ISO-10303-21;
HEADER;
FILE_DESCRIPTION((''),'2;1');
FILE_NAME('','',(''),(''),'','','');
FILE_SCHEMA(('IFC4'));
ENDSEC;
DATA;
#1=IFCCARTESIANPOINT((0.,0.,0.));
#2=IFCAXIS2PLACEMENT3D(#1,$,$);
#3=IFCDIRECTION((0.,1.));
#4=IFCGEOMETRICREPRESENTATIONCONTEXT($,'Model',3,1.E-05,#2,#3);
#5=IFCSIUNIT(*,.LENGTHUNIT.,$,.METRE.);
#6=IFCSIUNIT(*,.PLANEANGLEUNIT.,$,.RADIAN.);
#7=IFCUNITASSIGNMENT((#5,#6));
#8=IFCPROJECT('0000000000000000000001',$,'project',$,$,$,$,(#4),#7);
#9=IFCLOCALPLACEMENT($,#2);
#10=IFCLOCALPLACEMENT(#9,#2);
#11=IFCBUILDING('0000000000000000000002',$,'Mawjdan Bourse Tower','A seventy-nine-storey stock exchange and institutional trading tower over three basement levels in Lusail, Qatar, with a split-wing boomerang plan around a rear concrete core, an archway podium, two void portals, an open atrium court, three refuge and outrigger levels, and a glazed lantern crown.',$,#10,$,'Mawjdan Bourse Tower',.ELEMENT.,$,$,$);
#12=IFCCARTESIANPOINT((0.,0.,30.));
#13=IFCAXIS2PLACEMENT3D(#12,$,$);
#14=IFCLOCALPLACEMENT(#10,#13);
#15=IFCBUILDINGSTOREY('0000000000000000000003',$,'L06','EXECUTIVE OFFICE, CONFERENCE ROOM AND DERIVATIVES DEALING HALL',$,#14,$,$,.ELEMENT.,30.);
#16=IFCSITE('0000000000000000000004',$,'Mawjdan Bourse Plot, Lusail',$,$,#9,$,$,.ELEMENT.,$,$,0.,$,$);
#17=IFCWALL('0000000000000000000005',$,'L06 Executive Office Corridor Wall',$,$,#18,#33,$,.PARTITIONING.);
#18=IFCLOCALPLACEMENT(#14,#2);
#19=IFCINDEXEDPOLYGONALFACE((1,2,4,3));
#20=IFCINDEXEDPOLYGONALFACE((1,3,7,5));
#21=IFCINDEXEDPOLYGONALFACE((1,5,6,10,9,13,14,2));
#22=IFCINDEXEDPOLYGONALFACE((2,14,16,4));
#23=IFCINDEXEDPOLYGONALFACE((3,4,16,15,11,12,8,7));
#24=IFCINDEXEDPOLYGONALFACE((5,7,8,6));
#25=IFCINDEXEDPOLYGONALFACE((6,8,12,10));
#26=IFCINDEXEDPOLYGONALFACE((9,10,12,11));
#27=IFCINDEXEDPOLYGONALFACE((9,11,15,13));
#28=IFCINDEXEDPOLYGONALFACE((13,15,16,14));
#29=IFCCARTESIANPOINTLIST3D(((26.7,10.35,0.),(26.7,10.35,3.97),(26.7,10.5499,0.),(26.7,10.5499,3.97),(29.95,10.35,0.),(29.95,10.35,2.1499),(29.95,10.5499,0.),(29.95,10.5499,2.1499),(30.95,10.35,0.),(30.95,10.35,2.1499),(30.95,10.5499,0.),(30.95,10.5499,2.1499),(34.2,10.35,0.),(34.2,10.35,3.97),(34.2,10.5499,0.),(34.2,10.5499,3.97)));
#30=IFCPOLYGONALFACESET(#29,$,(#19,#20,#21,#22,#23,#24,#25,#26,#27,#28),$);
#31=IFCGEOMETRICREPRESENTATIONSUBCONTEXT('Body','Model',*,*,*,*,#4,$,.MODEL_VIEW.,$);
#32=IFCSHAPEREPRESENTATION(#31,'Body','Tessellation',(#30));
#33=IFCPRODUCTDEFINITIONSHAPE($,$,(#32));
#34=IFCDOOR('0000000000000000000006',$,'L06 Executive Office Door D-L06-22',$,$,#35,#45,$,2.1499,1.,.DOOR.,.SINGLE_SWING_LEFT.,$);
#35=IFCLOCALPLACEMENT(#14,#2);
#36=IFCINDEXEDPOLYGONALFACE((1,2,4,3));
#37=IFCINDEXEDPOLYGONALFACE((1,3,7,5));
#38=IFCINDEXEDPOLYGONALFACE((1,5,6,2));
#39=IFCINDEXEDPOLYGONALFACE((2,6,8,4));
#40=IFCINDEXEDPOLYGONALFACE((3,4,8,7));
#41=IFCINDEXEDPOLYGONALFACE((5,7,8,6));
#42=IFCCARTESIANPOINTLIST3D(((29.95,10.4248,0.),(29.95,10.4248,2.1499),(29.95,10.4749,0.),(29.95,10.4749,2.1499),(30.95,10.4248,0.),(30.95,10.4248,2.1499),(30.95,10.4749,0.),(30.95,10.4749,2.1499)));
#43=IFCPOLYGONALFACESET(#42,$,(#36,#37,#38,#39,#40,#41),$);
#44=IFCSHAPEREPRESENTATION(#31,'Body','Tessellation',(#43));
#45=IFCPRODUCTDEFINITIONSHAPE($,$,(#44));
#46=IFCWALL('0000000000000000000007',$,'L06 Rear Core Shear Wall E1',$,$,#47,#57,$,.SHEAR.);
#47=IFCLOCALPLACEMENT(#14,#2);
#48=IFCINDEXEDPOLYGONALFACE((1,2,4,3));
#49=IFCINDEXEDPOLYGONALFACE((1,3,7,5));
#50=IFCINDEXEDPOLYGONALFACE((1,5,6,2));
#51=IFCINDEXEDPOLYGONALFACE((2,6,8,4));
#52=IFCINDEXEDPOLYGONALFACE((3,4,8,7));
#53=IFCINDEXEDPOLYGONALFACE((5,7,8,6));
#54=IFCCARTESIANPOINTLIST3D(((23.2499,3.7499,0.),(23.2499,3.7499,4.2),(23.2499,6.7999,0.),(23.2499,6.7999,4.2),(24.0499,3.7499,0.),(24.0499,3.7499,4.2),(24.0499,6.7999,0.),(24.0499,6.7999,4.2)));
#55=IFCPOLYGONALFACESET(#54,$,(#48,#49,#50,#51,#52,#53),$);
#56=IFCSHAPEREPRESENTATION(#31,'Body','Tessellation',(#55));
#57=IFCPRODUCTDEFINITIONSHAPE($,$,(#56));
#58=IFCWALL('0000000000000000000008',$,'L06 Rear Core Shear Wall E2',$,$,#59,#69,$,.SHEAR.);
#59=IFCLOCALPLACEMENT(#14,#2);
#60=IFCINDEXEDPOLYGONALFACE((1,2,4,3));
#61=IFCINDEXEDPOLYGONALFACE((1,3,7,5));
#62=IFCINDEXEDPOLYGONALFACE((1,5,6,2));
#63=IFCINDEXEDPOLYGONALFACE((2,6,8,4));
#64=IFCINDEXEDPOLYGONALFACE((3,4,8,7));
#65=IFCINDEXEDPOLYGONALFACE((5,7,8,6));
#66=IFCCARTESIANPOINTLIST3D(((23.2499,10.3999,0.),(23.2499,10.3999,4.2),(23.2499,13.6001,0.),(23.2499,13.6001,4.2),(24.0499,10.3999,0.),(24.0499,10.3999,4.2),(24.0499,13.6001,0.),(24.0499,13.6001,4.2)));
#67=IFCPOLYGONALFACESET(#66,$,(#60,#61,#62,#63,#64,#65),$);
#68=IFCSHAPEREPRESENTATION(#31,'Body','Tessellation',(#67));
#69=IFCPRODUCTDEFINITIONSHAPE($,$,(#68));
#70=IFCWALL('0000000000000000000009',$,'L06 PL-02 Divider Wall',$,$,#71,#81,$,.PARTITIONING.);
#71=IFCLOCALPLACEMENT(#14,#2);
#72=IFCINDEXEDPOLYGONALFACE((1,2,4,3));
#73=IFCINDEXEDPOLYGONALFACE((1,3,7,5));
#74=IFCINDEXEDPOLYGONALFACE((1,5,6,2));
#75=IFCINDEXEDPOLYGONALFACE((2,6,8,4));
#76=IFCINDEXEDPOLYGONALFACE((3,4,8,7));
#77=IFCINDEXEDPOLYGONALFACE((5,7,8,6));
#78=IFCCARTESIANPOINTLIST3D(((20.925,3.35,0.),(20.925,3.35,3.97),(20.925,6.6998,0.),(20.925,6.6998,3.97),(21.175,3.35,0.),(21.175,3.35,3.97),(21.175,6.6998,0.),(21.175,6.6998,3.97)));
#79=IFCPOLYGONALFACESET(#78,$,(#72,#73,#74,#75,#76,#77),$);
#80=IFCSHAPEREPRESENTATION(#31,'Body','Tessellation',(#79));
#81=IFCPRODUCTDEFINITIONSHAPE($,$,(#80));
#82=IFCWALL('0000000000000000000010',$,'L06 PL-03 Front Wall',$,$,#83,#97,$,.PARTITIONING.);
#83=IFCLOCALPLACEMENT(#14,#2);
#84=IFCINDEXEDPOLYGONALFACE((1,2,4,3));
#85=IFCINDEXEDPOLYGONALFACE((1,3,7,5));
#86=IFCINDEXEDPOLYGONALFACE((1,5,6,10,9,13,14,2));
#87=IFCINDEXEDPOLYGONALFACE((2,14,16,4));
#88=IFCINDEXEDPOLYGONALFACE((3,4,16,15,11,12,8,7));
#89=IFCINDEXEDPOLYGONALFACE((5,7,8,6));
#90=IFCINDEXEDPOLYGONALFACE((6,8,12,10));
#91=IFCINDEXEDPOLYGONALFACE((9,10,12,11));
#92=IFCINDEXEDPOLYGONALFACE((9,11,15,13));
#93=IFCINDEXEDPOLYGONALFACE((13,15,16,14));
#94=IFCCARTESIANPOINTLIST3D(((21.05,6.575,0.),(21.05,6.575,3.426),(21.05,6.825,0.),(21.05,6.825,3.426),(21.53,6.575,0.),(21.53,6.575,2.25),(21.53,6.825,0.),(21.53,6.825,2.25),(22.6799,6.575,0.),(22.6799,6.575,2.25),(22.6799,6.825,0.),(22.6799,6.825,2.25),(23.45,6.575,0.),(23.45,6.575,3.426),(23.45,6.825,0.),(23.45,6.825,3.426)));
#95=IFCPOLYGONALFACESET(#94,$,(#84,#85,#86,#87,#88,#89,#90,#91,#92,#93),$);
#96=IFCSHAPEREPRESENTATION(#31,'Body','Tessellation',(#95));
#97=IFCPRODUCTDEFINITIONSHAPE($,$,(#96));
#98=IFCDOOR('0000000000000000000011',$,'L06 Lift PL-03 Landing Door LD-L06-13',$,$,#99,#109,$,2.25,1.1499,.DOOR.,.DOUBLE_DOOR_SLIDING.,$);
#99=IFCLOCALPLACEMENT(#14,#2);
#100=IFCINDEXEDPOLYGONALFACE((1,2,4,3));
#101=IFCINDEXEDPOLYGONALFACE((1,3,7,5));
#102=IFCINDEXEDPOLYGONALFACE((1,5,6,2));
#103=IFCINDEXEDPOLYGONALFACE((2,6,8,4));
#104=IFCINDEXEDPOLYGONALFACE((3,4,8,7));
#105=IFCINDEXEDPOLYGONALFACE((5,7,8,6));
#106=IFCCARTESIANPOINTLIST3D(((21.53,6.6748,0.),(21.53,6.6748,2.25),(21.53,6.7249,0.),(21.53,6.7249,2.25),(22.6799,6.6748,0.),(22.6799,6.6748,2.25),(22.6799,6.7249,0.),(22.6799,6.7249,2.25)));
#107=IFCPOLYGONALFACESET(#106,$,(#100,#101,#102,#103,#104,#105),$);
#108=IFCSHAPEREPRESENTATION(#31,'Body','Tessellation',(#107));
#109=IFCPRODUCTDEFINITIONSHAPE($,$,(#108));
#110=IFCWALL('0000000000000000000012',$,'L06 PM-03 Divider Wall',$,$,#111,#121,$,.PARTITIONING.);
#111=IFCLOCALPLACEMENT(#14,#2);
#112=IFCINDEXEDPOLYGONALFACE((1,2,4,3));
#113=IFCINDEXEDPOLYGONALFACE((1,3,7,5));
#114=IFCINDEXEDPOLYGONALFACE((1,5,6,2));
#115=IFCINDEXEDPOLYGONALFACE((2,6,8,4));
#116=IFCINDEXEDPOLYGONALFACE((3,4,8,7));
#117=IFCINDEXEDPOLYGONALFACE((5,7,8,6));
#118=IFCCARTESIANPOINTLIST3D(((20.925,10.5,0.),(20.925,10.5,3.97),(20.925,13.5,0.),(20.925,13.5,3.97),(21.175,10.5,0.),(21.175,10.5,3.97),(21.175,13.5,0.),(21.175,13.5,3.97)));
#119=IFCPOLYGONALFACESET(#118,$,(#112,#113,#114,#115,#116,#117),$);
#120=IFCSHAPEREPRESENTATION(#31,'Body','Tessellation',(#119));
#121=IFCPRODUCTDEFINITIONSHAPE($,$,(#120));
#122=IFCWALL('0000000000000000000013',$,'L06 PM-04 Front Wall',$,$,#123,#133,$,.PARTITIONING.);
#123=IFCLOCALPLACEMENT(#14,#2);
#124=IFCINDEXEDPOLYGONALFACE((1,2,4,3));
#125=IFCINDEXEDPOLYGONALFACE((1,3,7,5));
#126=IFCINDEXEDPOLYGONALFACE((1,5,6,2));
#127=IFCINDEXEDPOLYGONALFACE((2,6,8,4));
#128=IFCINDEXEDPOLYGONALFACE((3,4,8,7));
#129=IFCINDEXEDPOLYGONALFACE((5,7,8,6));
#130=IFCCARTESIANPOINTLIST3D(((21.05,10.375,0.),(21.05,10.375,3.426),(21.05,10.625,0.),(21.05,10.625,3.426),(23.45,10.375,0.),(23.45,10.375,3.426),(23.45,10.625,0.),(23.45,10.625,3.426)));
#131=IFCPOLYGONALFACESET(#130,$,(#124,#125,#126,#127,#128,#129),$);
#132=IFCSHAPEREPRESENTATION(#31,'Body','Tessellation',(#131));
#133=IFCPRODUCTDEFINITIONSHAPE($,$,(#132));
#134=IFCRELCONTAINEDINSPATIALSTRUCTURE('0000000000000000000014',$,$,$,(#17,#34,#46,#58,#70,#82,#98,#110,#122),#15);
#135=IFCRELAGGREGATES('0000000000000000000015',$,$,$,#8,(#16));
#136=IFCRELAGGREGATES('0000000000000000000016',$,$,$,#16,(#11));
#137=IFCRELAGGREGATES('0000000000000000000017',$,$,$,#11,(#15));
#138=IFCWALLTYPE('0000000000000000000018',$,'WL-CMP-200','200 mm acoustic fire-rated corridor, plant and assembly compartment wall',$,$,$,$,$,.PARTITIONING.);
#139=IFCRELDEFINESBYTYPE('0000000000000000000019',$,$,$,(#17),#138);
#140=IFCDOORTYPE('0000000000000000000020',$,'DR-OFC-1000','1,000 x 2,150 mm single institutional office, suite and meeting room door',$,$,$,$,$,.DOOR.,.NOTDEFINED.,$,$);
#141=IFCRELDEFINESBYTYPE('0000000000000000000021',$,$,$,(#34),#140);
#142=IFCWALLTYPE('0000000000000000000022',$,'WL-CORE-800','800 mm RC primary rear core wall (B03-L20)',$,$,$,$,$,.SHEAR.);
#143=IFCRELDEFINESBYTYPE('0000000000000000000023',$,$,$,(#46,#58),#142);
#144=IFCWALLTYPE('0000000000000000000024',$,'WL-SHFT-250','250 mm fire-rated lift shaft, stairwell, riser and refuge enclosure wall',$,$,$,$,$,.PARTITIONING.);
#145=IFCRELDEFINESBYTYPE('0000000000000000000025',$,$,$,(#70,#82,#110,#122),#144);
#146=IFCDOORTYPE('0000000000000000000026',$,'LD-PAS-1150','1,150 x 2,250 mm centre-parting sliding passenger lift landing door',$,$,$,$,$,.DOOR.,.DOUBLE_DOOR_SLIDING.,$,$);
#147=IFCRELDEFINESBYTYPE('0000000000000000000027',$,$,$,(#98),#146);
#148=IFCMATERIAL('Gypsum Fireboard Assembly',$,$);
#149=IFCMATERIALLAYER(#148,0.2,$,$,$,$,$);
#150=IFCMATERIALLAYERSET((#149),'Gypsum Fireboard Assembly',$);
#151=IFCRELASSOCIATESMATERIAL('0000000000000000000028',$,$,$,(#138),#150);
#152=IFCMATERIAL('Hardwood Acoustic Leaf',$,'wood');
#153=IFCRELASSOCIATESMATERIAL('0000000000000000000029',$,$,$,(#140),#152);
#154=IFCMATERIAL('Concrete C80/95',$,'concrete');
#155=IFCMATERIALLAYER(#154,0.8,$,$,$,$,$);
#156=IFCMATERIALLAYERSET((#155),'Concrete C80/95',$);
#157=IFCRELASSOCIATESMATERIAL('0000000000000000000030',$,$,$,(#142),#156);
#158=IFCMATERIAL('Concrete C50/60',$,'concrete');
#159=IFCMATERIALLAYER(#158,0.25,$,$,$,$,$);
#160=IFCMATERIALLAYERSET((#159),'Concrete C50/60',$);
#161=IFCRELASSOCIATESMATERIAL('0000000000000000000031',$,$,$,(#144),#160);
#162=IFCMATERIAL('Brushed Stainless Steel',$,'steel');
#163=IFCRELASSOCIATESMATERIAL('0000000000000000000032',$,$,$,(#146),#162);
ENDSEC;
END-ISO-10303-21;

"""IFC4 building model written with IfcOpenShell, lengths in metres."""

from ifc_helpers import new_model, si_unit, direction, frame, frame_2d, origin, place, context, subcontext, project, spatial, rectangle, extrude, material, layer, layer_set, type_object, element, fill, save


model = new_model("IFC4")

# Units and contexts
model_context = context("Model", 3, precision=1e-05, world=origin(), true_north=direction((0.0, 1.0)))
body_context = subcontext(model_context, "Body", "Model", "MODEL_VIEW")
ifc_project = project(units=[si_unit("LENGTHUNIT", "METRE"), si_unit("PLANEANGLEUNIT", "RADIAN")], contexts=[model_context])

# Site, building, storey
site_placement = place(None, origin())
site = spatial("IfcSite", under=ifc_project, at=site_placement, Name="Mawjdan Bourse Plot, Lusail", CompositionType="ELEMENT", RefElevation=0.0)
building_placement = place(site_placement, origin())
building = spatial("IfcBuilding", under=site, at=building_placement, Name="Mawjdan Bourse Tower", Description="A seventy-nine-storey stock exchange and institutional trading tower over three basement levels in Lusail, Qatar, with a split-wing boomerang plan around a rear concrete core, an archway podium, two void portals, an open atrium court, three refuge and outrigger levels, and a glazed lantern crown.", LongName="Mawjdan Bourse Tower", CompositionType="ELEMENT")
storey_placement = place(building_placement, frame((0.0, 0.0, 30.0)))
storey = spatial("IfcBuildingStorey", under=building, at=storey_placement, Name="L06", Description="EXECUTIVE OFFICE, CONFERENCE ROOM AND DERIVATIVES DEALING HALL", CompositionType="ELEMENT", Elevation=30.0)

# Shared definitions
ifc_material_1 = material(Name="Concrete C80/95", Category="concrete")

# Shared definitions
ifc_material_2 = material(Name="Gypsum Fireboard Assembly")
ifc_layer_1 = layer(ifc_material_2, 0.2)
ifc_layer_set_1 = layer_set([ifc_layer_1], Name="Gypsum Fireboard Assembly")
wall_type_1 = type_object("IfcWallType", Name="WL-CMP-200", Description="200 mm acoustic fire-rated corridor, plant and assembly compartment wall", PredefinedType="PARTITIONING", material=ifc_layer_set_1)
ifc_material_3 = material(Name="Hardwood Acoustic Leaf", Category="wood")
door_type_1 = type_object("IfcDoorType", Name="DR-OFC-1000", Description="1,000 x 2,150 mm single institutional office, suite and meeting room door", OperationType="NOTDEFINED", PredefinedType="DOOR", material=ifc_material_3)

# Wall, opening, door
wall_1_placement = place(storey_placement, frame((26.7, 10.45, 0.0), z_axis=(0.0, 0.0, 1.0), x_axis=(1.0, 0.0, 0.0)))
wall_1 = element("IfcWall", 1, at=wall_1_placement, inside=storey, type_object=wall_type_1, Name="L06 Executive Office Corridor Wall", PredefinedType="PARTITIONING", context=body_context, shape_type="SweptSolid", body=[
    extrude(rectangle(XDim=7.5, YDim=0.2, at=frame_2d((3.75, 0.0))), origin(), (0.0, 0.0, 1.0), 3.97),
])
opening_1_placement = place(wall_1_placement, frame((3.25, 0.0, 0.0)))
opening_1 = element("IfcOpeningElement", 2, at=opening_1_placement, cuts=wall_1, PredefinedType="OPENING", context=body_context, shape_type="SweptSolid", body=[
    extrude(rectangle(XDim=1.0, YDim=2.1499, at=frame_2d((0.5, 1.075))), frame((0.0, 0.1099, 0.0), z_axis=(0.0, -1.0, 0.0), x_axis=(1.0, 0.0, 0.0)), (0.0, 0.0, 1.0), 0.22),
])
door_1_placement = place(opening_1_placement, origin())
door_1 = element("IfcDoor", 3, at=door_1_placement, inside=storey, type_object=door_type_1, Name="L06 Executive Office Door D-L06-22", OperationType="SINGLE_SWING_LEFT", OverallHeight=2.1499, OverallWidth=1.0, PredefinedType="DOOR", context=body_context, shape_type="SweptSolid", body=[
    extrude(rectangle(XDim=1.0, YDim=2.1499, at=frame_2d((0.5, 1.075))), frame((0.0, 0.0249, 0.0), z_axis=(0.0, -1.0, 0.0), x_axis=(1.0, 0.0, 0.0)), (0.0, 0.0, 1.0), 0.05),
])
fill(opening_1, door_1)

# Walls
ifc_layer_2 = layer(ifc_material_1, 0.8)
ifc_layer_set_2 = layer_set([ifc_layer_2], Name="Concrete C80/95")
wall_type_2 = type_object("IfcWallType", Name="WL-CORE-800", Description="800 mm RC primary rear core wall (B03-L20)", PredefinedType="SHEAR", material=ifc_layer_set_2)
wall_2_placement = place(storey_placement, frame((23.6499, 3.75, 0.0), z_axis=(0.0, 0.0, 1.0), x_axis=(0.0, 1.0, 0.0)))
element("IfcWall", 4, at=wall_2_placement, inside=storey, type_object=wall_type_2, Name="L06 Rear Core Shear Wall E1", PredefinedType="SHEAR", context=body_context, shape_type="SweptSolid", body=[
    extrude(rectangle(XDim=3.05, YDim=0.8, at=frame_2d((1.5249, 0.0))), origin(), (0.0, 0.0, 1.0), 4.2),
])
wall_3_placement = place(storey_placement, frame((23.6499, 10.3999, 0.0), z_axis=(0.0, 0.0, 1.0), x_axis=(0.0, 1.0, 0.0)))
element("IfcWall", 5, at=wall_3_placement, inside=storey, type_object=wall_type_2, Name="L06 Rear Core Shear Wall E2", PredefinedType="SHEAR", context=body_context, shape_type="SweptSolid", body=[
    extrude(rectangle(XDim=3.2002, YDim=0.8, at=frame_2d((1.6001, 0.0))), origin(), (0.0, 0.0, 1.0), 4.2),
])
ifc_material_4 = material(Name="Concrete C50/60", Category="concrete")
ifc_layer_3 = layer(ifc_material_4, 0.25)
ifc_layer_set_3 = layer_set([ifc_layer_3], Name="Concrete C50/60")
wall_type_3 = type_object("IfcWallType", Name="WL-SHFT-250", Description="250 mm fire-rated lift shaft, stairwell, riser and refuge enclosure wall", PredefinedType="PARTITIONING", material=ifc_layer_set_3)
wall_4_placement = place(storey_placement, frame((21.05, 3.3501, 0.0), z_axis=(0.0, 0.0, 1.0), x_axis=(0.0, 1.0, 0.0)))
element("IfcWall", 6, at=wall_4_placement, inside=storey, type_object=wall_type_3, Name="L06 PL-02 Divider Wall", PredefinedType="PARTITIONING", context=body_context, shape_type="SweptSolid", body=[
    extrude(rectangle(XDim=3.3499, YDim=0.25, at=frame_2d((1.6748, 0.0))), origin(), (0.0, 0.0, 1.0), 3.97),
])

# Wall, opening, door
wall_5_placement = place(storey_placement, frame((21.05, 6.7, 0.0), z_axis=(0.0, 0.0, 1.0), x_axis=(1.0, 0.0, 0.0)))
wall_5 = element("IfcWall", 7, at=wall_5_placement, inside=storey, type_object=wall_type_3, Name="L06 PL-03 Front Wall", PredefinedType="PARTITIONING", context=body_context, shape_type="SweptSolid", body=[
    extrude(rectangle(XDim=2.3999, YDim=0.25, at=frame_2d((1.2, 0.0))), origin(), (0.0, 0.0, 1.0), 3.426),
])
opening_2_placement = place(wall_5_placement, frame((0.48, 0.0, 0.0)))
opening_2 = element("IfcOpeningElement", 8, at=opening_2_placement, cuts=wall_5, PredefinedType="OPENING", context=body_context, shape_type="SweptSolid", body=[
    extrude(rectangle(XDim=1.1499, YDim=2.25, at=frame_2d((0.575, 1.125))), frame((0.0, 0.135, 0.0), z_axis=(0.0, -1.0, 0.0), x_axis=(1.0, 0.0, 0.0)), (0.0, 0.0, 1.0), 0.27),
])
ifc_material_5 = material(Name="Brushed Stainless Steel", Category="steel")
door_type_2 = type_object("IfcDoorType", Name="LD-PAS-1150", Description="1,150 x 2,250 mm centre-parting sliding passenger lift landing door", OperationType="DOUBLE_DOOR_SLIDING", PredefinedType="DOOR", material=ifc_material_5)
door_2_placement = place(opening_2_placement, origin())
door_2 = element("IfcDoor", 9, at=door_2_placement, inside=storey, type_object=door_type_2, Name="L06 Lift PL-03 Landing Door LD-L06-13", OperationType="DOUBLE_DOOR_SLIDING", OverallHeight=2.25, OverallWidth=1.1499, PredefinedType="DOOR", context=body_context, shape_type="SweptSolid", body=[
    extrude(rectangle(XDim=1.1499, YDim=2.25, at=frame_2d((0.575, 1.125))), frame((0.0, 0.0249, 0.0), z_axis=(0.0, -1.0, 0.0), x_axis=(1.0, 0.0, 0.0)), (0.0, 0.0, 1.0), 0.05),
])
fill(opening_2, door_2)

# Walls
wall_6_placement = place(storey_placement, frame((21.05, 10.5, 0.0), z_axis=(0.0, 0.0, 1.0), x_axis=(0.0, 1.0, 0.0)))
element("IfcWall", 10, at=wall_6_placement, inside=storey, type_object=wall_type_3, Name="L06 PM-03 Divider Wall", PredefinedType="PARTITIONING", context=body_context, shape_type="SweptSolid", body=[
    extrude(rectangle(XDim=3.0, YDim=0.25, at=frame_2d((1.5, 0.0))), origin(), (0.0, 0.0, 1.0), 3.97),
])
wall_7_placement = place(storey_placement, frame((21.05, 10.5, 0.0), z_axis=(0.0, 0.0, 1.0), x_axis=(1.0, 0.0, 0.0)))
element("IfcWall", 11, at=wall_7_placement, inside=storey, type_object=wall_type_3, Name="L06 PM-04 Front Wall", PredefinedType="PARTITIONING", context=body_context, shape_type="SweptSolid", body=[
    extrude(rectangle(XDim=2.3999, YDim=0.25, at=frame_2d((1.2, 0.0))), origin(), (0.0, 0.0, 1.0), 3.426),
])

save(model, "model.ifc")
